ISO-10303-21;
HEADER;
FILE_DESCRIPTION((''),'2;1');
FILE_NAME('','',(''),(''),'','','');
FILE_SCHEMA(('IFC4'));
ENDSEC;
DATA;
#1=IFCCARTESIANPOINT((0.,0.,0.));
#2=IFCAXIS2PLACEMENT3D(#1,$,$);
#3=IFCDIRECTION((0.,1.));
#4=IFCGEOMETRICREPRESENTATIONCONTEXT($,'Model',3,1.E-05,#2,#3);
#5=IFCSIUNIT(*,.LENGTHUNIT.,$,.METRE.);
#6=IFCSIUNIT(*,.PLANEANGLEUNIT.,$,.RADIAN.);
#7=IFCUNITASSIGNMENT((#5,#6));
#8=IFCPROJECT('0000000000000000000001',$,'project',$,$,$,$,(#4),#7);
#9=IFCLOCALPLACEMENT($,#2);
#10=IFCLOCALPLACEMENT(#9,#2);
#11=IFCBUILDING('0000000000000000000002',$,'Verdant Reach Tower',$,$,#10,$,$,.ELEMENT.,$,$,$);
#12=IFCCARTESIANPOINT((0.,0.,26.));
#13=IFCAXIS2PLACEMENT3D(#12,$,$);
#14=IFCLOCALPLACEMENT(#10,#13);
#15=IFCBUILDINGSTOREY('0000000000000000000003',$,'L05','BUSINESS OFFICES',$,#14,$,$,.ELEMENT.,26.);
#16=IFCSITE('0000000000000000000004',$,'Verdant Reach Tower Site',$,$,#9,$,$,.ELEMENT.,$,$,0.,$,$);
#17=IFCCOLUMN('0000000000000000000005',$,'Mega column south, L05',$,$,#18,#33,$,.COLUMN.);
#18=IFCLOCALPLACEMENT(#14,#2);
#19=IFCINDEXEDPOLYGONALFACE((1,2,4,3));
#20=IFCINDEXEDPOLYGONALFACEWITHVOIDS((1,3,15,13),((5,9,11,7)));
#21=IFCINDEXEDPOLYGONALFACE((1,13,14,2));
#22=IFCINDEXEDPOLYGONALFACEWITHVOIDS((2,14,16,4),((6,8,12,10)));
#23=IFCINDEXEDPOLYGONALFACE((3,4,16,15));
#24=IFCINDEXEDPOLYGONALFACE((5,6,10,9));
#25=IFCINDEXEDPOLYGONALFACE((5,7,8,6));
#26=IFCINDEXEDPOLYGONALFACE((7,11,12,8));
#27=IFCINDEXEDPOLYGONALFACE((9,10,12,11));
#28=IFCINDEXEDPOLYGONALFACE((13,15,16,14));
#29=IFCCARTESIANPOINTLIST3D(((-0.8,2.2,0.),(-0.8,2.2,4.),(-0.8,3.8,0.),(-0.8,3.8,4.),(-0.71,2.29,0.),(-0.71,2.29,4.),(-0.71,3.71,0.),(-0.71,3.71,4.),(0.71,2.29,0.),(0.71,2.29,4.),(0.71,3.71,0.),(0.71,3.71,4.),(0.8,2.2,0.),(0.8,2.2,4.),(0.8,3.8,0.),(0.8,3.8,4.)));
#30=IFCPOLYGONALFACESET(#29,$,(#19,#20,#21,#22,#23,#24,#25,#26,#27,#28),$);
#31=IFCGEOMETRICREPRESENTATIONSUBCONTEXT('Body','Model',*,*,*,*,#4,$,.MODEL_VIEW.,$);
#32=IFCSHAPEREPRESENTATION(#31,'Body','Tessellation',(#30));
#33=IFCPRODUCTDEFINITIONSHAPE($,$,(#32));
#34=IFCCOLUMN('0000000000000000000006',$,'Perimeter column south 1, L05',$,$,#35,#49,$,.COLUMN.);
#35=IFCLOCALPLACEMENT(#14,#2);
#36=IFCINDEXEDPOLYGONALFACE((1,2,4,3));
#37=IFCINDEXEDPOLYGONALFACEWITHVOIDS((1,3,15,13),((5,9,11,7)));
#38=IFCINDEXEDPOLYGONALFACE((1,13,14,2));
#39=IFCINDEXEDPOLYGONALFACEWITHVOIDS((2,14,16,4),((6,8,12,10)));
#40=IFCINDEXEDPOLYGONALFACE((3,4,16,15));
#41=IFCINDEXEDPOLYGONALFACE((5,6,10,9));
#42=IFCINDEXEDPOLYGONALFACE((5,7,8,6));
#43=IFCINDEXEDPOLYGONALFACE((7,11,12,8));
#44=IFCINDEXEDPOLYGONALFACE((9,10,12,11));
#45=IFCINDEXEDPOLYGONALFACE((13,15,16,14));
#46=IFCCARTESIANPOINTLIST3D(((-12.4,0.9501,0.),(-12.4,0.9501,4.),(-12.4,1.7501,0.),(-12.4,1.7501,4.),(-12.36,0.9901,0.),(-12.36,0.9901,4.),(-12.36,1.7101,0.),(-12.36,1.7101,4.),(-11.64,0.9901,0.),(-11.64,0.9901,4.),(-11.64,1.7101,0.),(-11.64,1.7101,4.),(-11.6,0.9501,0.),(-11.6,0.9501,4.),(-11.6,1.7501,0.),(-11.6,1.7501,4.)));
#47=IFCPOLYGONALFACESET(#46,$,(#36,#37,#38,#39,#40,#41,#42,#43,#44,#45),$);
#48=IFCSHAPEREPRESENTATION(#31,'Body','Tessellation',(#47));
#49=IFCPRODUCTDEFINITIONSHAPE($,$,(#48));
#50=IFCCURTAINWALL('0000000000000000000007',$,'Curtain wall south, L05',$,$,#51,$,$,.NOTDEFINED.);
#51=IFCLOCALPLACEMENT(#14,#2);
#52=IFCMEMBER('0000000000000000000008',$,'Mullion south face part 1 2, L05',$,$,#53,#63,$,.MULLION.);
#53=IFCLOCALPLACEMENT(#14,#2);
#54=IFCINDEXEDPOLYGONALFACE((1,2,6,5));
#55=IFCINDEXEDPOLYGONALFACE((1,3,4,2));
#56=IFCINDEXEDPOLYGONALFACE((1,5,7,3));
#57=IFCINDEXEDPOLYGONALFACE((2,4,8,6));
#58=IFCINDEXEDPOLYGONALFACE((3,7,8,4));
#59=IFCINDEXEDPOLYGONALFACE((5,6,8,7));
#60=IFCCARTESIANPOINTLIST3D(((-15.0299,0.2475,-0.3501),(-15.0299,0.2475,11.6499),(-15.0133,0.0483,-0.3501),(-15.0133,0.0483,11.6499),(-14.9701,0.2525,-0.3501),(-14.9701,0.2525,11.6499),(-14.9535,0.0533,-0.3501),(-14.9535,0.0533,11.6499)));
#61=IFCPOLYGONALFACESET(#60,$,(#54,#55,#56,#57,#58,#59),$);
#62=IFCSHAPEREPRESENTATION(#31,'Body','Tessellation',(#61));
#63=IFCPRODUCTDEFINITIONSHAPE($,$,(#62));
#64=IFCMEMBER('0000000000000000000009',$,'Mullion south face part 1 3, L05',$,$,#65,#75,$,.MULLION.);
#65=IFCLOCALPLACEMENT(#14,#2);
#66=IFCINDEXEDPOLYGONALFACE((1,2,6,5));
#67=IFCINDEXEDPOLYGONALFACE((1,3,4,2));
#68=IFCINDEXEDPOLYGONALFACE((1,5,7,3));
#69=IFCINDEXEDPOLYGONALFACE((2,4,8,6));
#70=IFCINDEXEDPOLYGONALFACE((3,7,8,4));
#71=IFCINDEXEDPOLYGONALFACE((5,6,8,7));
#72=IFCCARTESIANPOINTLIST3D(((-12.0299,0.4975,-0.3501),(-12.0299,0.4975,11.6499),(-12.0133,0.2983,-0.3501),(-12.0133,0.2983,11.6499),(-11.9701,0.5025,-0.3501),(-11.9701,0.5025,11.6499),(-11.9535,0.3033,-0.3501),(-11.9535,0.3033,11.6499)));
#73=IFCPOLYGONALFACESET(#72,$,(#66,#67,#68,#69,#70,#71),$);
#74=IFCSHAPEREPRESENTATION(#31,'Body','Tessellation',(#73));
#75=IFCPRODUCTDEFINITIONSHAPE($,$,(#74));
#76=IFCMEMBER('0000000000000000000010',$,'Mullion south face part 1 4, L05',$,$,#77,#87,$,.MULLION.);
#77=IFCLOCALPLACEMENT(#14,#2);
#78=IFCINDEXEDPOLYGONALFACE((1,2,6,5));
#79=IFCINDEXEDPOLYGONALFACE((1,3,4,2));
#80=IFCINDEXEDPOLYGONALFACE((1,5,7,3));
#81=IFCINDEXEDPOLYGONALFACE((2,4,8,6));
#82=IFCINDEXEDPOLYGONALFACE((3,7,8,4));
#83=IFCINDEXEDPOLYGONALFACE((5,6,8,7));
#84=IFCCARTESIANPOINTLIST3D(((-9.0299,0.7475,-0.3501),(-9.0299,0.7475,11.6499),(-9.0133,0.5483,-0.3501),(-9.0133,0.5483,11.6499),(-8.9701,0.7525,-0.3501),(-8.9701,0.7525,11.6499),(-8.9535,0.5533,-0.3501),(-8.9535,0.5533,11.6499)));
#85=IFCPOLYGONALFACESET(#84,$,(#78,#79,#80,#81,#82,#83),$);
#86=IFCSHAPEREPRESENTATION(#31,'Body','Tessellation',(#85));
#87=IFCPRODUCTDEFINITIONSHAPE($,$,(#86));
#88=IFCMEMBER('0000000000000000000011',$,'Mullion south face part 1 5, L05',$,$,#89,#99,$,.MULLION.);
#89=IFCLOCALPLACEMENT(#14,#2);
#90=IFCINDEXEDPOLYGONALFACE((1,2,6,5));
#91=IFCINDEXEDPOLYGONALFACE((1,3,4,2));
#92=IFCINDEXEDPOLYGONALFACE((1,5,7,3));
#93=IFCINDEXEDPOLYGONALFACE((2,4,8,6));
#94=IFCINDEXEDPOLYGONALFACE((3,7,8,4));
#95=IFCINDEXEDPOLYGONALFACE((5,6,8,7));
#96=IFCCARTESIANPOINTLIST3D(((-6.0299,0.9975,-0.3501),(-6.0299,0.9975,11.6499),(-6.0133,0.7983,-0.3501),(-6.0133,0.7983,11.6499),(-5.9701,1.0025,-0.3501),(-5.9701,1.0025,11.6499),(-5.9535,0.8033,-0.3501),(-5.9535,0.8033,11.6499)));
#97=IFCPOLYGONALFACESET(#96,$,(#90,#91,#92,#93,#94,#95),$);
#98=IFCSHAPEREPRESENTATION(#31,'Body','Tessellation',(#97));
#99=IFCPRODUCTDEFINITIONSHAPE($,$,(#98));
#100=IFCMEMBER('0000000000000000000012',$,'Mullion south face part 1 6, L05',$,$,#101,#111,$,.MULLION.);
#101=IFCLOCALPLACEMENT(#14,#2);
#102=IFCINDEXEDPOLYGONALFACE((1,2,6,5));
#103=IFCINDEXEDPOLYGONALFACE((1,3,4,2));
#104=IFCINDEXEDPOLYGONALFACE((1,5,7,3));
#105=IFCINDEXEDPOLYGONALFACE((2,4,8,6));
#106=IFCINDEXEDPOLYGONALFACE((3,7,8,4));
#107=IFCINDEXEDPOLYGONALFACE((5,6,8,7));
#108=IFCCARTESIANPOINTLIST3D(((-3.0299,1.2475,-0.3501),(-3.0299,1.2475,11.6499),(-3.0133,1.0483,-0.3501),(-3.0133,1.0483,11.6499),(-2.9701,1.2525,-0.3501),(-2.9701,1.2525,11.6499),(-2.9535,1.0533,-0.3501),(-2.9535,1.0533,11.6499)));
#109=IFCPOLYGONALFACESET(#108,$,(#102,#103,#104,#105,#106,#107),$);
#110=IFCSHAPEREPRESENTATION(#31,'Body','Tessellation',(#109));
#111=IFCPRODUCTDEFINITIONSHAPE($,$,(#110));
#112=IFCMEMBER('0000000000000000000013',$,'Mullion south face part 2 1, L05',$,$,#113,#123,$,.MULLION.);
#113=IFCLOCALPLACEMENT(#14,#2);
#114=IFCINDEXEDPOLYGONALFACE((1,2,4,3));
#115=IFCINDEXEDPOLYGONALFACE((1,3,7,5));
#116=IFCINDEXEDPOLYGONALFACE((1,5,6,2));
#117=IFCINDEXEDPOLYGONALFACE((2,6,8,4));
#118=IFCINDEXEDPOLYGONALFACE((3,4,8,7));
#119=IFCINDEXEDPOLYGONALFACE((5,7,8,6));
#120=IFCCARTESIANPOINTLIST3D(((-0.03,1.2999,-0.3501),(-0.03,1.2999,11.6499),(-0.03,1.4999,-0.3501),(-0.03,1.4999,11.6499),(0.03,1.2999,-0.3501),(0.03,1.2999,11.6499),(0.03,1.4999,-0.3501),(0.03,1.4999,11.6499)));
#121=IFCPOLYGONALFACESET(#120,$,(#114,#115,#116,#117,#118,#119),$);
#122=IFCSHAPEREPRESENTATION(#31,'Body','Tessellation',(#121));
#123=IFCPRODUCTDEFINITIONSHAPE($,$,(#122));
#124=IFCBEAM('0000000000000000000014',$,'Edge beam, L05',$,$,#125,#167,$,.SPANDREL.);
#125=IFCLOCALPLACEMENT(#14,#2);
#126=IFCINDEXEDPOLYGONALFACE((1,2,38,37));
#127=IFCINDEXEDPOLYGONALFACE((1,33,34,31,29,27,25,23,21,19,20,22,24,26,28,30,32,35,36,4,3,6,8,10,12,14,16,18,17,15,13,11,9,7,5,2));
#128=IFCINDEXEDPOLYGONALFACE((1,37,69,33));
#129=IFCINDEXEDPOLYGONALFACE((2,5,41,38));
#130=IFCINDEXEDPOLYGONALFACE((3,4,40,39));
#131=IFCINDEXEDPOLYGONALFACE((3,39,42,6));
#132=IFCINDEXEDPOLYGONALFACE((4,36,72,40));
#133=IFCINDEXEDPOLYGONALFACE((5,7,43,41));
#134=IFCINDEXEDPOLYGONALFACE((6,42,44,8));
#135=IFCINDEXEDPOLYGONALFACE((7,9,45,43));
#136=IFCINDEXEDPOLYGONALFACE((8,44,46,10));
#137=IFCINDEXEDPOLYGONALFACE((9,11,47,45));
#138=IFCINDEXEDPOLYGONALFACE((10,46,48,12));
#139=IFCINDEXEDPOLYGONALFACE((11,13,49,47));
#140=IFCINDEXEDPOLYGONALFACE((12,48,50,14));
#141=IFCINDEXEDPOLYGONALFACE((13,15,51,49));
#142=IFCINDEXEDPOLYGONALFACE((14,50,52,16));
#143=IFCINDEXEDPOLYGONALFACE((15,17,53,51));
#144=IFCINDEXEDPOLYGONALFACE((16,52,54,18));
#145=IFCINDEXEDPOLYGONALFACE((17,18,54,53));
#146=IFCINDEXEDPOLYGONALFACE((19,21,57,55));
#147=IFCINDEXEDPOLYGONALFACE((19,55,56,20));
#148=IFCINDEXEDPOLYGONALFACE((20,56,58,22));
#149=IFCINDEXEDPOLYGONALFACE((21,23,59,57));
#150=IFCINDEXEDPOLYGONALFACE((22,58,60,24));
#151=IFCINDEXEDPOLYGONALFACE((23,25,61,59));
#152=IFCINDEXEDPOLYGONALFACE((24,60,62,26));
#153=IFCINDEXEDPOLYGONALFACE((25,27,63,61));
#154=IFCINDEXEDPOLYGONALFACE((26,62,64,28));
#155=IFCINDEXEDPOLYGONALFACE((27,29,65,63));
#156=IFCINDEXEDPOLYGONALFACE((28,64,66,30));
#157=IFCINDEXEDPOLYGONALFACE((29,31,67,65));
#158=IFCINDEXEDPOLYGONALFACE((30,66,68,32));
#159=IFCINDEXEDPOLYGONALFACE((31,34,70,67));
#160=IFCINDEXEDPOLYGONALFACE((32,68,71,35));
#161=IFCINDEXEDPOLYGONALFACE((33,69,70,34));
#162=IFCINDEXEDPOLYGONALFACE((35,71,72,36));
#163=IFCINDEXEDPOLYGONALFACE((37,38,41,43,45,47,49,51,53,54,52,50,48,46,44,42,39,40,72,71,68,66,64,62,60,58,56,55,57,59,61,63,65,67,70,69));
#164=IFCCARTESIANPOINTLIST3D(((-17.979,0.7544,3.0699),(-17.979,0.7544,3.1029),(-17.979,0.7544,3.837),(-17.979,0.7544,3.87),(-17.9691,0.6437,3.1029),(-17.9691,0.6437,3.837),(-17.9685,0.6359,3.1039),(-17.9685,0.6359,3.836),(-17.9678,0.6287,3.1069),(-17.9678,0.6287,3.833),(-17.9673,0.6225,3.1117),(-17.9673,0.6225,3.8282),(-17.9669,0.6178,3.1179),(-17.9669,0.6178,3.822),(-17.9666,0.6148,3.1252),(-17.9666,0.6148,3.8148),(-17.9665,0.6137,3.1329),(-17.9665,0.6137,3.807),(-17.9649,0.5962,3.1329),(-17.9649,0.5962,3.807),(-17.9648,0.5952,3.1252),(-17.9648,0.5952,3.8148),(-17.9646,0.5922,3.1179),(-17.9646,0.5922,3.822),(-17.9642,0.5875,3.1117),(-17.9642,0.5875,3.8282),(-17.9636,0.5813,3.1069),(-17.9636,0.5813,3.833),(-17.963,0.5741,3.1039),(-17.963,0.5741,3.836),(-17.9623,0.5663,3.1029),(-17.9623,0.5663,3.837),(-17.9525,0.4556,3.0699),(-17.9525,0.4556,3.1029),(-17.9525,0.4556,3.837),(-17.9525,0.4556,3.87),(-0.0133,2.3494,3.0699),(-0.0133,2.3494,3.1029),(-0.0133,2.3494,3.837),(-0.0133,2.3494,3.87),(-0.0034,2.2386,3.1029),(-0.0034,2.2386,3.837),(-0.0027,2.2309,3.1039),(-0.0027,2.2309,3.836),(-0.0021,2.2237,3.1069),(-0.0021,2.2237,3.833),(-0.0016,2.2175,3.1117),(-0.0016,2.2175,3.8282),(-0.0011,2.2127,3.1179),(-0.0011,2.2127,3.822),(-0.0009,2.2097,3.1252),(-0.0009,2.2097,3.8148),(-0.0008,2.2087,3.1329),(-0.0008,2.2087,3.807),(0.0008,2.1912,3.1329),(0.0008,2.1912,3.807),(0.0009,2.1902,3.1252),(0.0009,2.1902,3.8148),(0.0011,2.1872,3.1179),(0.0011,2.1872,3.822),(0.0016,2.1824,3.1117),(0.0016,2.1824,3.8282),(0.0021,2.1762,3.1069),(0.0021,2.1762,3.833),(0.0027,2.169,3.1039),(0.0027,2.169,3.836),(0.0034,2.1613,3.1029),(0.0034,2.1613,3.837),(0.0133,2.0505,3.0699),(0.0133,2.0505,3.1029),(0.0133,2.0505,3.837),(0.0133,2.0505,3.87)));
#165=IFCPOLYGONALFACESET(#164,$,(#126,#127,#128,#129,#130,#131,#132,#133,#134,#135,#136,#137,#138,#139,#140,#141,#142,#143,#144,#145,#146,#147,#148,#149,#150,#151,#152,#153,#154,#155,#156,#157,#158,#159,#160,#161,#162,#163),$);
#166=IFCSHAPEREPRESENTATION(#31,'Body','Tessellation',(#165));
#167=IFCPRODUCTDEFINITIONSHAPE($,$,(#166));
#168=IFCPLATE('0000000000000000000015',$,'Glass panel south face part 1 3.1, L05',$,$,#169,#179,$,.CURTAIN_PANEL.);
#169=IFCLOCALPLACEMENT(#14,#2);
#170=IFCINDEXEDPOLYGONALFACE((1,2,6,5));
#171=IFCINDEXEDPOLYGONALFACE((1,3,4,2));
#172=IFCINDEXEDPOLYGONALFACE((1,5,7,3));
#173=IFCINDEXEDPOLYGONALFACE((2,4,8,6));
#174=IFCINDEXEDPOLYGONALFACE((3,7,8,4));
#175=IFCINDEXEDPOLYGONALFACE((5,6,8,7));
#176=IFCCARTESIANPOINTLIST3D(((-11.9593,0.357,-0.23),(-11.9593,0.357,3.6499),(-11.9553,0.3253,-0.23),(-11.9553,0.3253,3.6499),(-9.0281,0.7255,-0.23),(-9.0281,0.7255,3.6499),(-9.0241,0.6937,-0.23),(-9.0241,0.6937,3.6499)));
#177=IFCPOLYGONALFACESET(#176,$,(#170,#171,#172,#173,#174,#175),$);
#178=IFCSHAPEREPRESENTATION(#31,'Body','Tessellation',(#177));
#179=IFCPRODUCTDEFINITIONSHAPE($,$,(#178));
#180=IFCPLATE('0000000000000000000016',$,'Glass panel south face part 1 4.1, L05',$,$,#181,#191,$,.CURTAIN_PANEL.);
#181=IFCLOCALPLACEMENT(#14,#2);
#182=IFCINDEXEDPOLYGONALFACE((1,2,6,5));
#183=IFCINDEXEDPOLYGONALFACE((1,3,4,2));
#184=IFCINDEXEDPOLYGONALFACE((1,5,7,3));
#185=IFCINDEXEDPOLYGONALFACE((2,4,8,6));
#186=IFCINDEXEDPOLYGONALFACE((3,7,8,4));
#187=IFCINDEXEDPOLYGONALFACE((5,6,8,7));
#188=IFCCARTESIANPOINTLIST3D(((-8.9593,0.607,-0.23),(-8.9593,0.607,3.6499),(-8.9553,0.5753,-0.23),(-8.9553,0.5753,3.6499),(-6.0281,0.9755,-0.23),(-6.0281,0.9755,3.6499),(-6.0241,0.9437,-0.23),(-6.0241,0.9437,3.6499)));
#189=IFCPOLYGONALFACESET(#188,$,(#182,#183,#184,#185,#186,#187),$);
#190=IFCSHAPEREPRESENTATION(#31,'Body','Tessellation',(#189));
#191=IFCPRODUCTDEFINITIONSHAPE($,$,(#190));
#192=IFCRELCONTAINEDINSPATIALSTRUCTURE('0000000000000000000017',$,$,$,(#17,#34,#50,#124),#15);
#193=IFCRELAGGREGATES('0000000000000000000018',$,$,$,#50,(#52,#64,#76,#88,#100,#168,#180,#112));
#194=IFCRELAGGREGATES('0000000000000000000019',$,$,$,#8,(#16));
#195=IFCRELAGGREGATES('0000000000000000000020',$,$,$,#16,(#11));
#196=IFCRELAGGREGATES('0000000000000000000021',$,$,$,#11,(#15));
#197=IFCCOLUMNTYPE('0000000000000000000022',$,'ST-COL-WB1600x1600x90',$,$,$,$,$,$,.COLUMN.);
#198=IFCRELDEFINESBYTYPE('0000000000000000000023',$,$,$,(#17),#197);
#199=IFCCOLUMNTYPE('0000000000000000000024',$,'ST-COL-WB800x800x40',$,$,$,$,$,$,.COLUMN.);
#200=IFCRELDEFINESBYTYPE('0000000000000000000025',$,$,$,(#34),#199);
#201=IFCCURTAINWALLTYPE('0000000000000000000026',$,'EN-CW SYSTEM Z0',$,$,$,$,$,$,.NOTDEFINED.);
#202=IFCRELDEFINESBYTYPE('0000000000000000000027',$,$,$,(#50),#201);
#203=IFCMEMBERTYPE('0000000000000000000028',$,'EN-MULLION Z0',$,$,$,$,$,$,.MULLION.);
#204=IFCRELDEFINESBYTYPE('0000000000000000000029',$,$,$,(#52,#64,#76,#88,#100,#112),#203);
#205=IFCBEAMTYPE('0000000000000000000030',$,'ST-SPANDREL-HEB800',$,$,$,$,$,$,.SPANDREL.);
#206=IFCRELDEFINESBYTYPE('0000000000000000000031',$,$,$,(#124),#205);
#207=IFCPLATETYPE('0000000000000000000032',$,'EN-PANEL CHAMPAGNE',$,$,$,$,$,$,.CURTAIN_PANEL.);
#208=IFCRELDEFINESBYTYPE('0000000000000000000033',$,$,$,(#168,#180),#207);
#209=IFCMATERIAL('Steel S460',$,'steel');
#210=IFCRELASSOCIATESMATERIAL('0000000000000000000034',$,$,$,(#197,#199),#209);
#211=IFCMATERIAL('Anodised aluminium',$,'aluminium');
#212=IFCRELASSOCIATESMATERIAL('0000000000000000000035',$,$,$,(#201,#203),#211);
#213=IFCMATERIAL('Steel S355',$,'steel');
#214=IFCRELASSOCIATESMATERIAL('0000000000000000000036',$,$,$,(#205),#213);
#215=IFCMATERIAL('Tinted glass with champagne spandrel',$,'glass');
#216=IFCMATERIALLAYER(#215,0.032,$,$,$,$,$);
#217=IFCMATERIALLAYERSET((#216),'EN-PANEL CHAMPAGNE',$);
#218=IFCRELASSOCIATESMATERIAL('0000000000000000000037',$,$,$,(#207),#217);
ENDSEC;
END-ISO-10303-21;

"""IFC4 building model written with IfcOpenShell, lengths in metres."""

from ifc_helpers import new_model, si_unit, direction, frame, origin, origin_2d, place, context, subcontext, project, spatial, rectangle, hollow_rectangle, i_section, extrude, material, layer, layer_set, material_profile, profile_set, type_object, element, aggregate, save


model = new_model("IFC4")

# Units and contexts
model_context = context("Model", 3, precision=1e-05, world=origin(), true_north=direction((0.0, 1.0)))
body_context = subcontext(model_context, "Body", "Model", "MODEL_VIEW")
ifc_project = project(units=[si_unit("LENGTHUNIT", "METRE"), si_unit("PLANEANGLEUNIT", "RADIAN")], contexts=[model_context])

# Site, building, storey
site_placement = place(None, origin())
site = spatial("IfcSite", under=ifc_project, at=site_placement, Name="Verdant Reach Tower Site", CompositionType="ELEMENT", RefElevation=0.0)
building_placement = place(site_placement, origin())
building = spatial("IfcBuilding", under=site, at=building_placement, Name="Verdant Reach Tower", CompositionType="ELEMENT")
storey_placement = place(building_placement, frame((0.0, 0.0, 26.0)))
storey = spatial("IfcBuildingStorey", under=building, at=storey_placement, Name="L05", Description="BUSINESS OFFICES", CompositionType="ELEMENT", Elevation=26.0)

# Columns
ifc_material_1 = material(Name="Steel S460", Category="steel")
ifc_material_profile_1 = material_profile(ifc_material_1, hollow_rectangle(XDim=1.6001, YDim=1.6001, WallThickness=0.0901, at=origin_2d()), Name="WB 1600x1600x90")
ifc_profile_set_1 = profile_set([ifc_material_profile_1], Name="Steel S460")
column_type_1 = type_object("IfcColumnType", Name="ST-COL-WB1600x1600x90", PredefinedType="COLUMN", material=ifc_profile_set_1)
column_1_placement = place(storey_placement, frame((0.0, 3.0, 0.0), z_axis=(0.0, 0.0, 1.0), x_axis=(1.0, 0.0, 0.0)))
element("IfcColumn", 1, at=column_1_placement, inside=storey, type_object=column_type_1, Name="Mega column south, L05", PredefinedType="COLUMN", context=body_context, shape_type="SweptSolid", body=[
    extrude(hollow_rectangle(XDim=1.6001, YDim=1.6001, WallThickness=0.0901, at=origin_2d()), origin(), (0.0, 0.0, 1.0), 4.0),
])
ifc_material_profile_2 = material_profile(ifc_material_1, hollow_rectangle(XDim=0.8, YDim=0.8, WallThickness=0.04, at=origin_2d()), Name="WB 800x800x40")
ifc_profile_set_2 = profile_set([ifc_material_profile_2], Name="Steel S460")
column_type_2 = type_object("IfcColumnType", Name="ST-COL-WB800x800x40", PredefinedType="COLUMN", material=ifc_profile_set_2)
column_2_placement = place(storey_placement, frame((-12.0, 1.3501, 0.0), z_axis=(0.0, 0.0, 1.0), x_axis=(1.0, 0.0, 0.0)))
element("IfcColumn", 2, at=column_2_placement, inside=storey, type_object=column_type_2, Name="Perimeter column south 1, L05", PredefinedType="COLUMN", context=body_context, shape_type="SweptSolid", body=[
    extrude(hollow_rectangle(XDim=0.8, YDim=0.8, WallThickness=0.04, at=origin_2d()), origin(), (0.0, 0.0, 1.0), 4.0),
])

# Curtain wall, members
ifc_material_2 = material(Name="Anodised aluminium", Category="aluminium")
curtain_wall_type = type_object("IfcCurtainWallType", Name="EN-CW SYSTEM Z0", PredefinedType="NOTDEFINED", material=ifc_material_2)
curtain_wall_placement = place(storey_placement, origin())
curtain_wall = element("IfcCurtainWall", 3, at=curtain_wall_placement, inside=storey, type_object=curtain_wall_type, Name="Curtain wall south, L05", PredefinedType="NOTDEFINED")
ifc_material_profile_3 = material_profile(ifc_material_2, rectangle(XDim=0.2, YDim=0.0601, at=origin_2d()), Name="Mullion 60x200")
ifc_profile_set_3 = profile_set([ifc_material_profile_3], Name="Anodised aluminium")
member_type = type_object("IfcMemberType", Name="EN-MULLION Z0", PredefinedType="MULLION", material=ifc_profile_set_3)
member_1_placement = place(storey_placement, frame((-14.9917, 0.1504, -0.3501), z_axis=(0.0, 0.0, 1.0), x_axis=(0.083045, -0.996546, 0.0)))
member_1 = element("IfcMember", 4, at=member_1_placement, type_object=member_type, Name="Mullion south face part 1 2, L05", PredefinedType="MULLION", context=body_context, shape_type="SweptSolid", body=[
    extrude(rectangle(XDim=0.2, YDim=0.0601, at=origin_2d()), origin(), (0.0, 0.0, 1.0), 12.0),
])
member_2_placement = place(storey_placement, frame((-11.9917, 0.4004, -0.3501), z_axis=(0.0, 0.0, 1.0), x_axis=(0.083045, -0.996546, 0.0)))
member_2 = element("IfcMember", 5, at=member_2_placement, type_object=member_type, Name="Mullion south face part 1 3, L05", PredefinedType="MULLION", context=body_context, shape_type="SweptSolid", body=[
    extrude(rectangle(XDim=0.2, YDim=0.0601, at=origin_2d()), origin(), (0.0, 0.0, 1.0), 12.0),
])
member_3_placement = place(storey_placement, frame((-8.9917, 0.6504, -0.3501), z_axis=(0.0, 0.0, 1.0), x_axis=(0.083045, -0.996546, 0.0)))
member_3 = element("IfcMember", 6, at=member_3_placement, type_object=member_type, Name="Mullion south face part 1 4, L05", PredefinedType="MULLION", context=body_context, shape_type="SweptSolid", body=[
    extrude(rectangle(XDim=0.2, YDim=0.0601, at=origin_2d()), origin(), (0.0, 0.0, 1.0), 12.0),
])
member_4_placement = place(storey_placement, frame((-5.9917, 0.9004, -0.3501), z_axis=(0.0, 0.0, 1.0), x_axis=(0.083045, -0.996546, 0.0)))
member_4 = element("IfcMember", 7, at=member_4_placement, type_object=member_type, Name="Mullion south face part 1 5, L05", PredefinedType="MULLION", context=body_context, shape_type="SweptSolid", body=[
    extrude(rectangle(XDim=0.2, YDim=0.0601, at=origin_2d()), origin(), (0.0, 0.0, 1.0), 12.0),
])
member_5_placement = place(storey_placement, frame((-2.9917, 1.1504, -0.3501), z_axis=(0.0, 0.0, 1.0), x_axis=(0.083045, -0.996546, 0.0)))
member_5 = element("IfcMember", 8, at=member_5_placement, type_object=member_type, Name="Mullion south face part 1 6, L05", PredefinedType="MULLION", context=body_context, shape_type="SweptSolid", body=[
    extrude(rectangle(XDim=0.2, YDim=0.0601, at=origin_2d()), origin(), (0.0, 0.0, 1.0), 12.0),
])
member_6_placement = place(storey_placement, frame((0.0, 1.3999, -0.3501), z_axis=(0.0, 0.0, 1.0), x_axis=(0.0, -1.0, 0.0)))
member_6 = element("IfcMember", 9, at=member_6_placement, type_object=member_type, Name="Mullion south face part 2 1, L05", PredefinedType="MULLION", context=body_context, shape_type="SweptSolid", body=[
    extrude(rectangle(XDim=0.2, YDim=0.0601, at=origin_2d()), origin(), (0.0, 0.0, 1.0), 12.0),
])

# Beam
ifc_material_3 = material(Name="Steel S355", Category="steel")
ifc_material_profile_4 = material_profile(ifc_material_3, i_section(OverallWidth=0.3, OverallDepth=0.8, WebThickness=0.0176, FlangeThickness=0.033, FilletRadius=0.03, at=origin_2d()), Name="HEB 800")
ifc_profile_set_4 = profile_set([ifc_material_profile_4], Name="Steel S355")
beam_type = type_object("IfcBeamType", Name="ST-SPANDREL-HEB800", PredefinedType="SPANDREL", material=ifc_profile_set_4)
beam_placement = place(storey_placement, frame((0.0, 2.2, 3.47), z_axis=(-0.996082, -0.08843, 0.0), x_axis=(0.08843, -0.996082, 0.0)))
element("IfcBeam", 10, at=beam_placement, inside=storey, type_object=beam_type, Name="Edge beam, L05", PredefinedType="SPANDREL", context=body_context, shape_type="SweptSolid", body=[
    extrude(i_section(OverallWidth=0.3, OverallDepth=0.8, WebThickness=0.0176, FlangeThickness=0.033, FilletRadius=0.03, at=origin_2d()), origin(), (0.0, 0.0, 1.0), 18.0364),
])

# Plates
ifc_material_4 = material(Name="Tinted glass with champagne spandrel", Category="glass")
ifc_layer_1 = layer(ifc_material_4, 0.032)
ifc_layer_set_1 = layer_set([ifc_layer_1], Name="EN-PANEL CHAMPAGNE")
plate_type_1 = type_object("IfcPlateType", Name="EN-PANEL CHAMPAGNE", PredefinedType="CURTAIN_PANEL", material=ifc_layer_set_1)
plate_1_placement = place(storey_placement, frame((-10.4917, 0.5254, -0.23), z_axis=(0.0, 0.0, 1.0), x_axis=(0.992194, 0.124704, 0.0)))
plate_1 = element("IfcPlate", 11, at=plate_1_placement, type_object=plate_type_1, Name="Glass panel south face part 1 3.1, L05", PredefinedType="CURTAIN_PANEL", context=body_context, shape_type="SweptSolid", body=[
    extrude(rectangle(XDim=2.9543, YDim=0.032, at=origin_2d()), origin(), (0.0, 0.0, 1.0), 3.8799),
])
plate_2_placement = place(storey_placement, frame((-7.4917, 0.7754, -0.23), z_axis=(0.0, 0.0, 1.0), x_axis=(0.992194, 0.124704, 0.0)))
plate_2 = element("IfcPlate", 12, at=plate_2_placement, type_object=plate_type_1, Name="Glass panel south face part 1 4.1, L05", PredefinedType="CURTAIN_PANEL", context=body_context, shape_type="SweptSolid", body=[
    extrude(rectangle(XDim=2.9543, YDim=0.032, at=origin_2d()), origin(), (0.0, 0.0, 1.0), 3.8799),
])
aggregate(curtain_wall, [member_1, member_2, member_3, member_4, member_5, plate_1, plate_2, member_6])

save(model, "model.ifc")
